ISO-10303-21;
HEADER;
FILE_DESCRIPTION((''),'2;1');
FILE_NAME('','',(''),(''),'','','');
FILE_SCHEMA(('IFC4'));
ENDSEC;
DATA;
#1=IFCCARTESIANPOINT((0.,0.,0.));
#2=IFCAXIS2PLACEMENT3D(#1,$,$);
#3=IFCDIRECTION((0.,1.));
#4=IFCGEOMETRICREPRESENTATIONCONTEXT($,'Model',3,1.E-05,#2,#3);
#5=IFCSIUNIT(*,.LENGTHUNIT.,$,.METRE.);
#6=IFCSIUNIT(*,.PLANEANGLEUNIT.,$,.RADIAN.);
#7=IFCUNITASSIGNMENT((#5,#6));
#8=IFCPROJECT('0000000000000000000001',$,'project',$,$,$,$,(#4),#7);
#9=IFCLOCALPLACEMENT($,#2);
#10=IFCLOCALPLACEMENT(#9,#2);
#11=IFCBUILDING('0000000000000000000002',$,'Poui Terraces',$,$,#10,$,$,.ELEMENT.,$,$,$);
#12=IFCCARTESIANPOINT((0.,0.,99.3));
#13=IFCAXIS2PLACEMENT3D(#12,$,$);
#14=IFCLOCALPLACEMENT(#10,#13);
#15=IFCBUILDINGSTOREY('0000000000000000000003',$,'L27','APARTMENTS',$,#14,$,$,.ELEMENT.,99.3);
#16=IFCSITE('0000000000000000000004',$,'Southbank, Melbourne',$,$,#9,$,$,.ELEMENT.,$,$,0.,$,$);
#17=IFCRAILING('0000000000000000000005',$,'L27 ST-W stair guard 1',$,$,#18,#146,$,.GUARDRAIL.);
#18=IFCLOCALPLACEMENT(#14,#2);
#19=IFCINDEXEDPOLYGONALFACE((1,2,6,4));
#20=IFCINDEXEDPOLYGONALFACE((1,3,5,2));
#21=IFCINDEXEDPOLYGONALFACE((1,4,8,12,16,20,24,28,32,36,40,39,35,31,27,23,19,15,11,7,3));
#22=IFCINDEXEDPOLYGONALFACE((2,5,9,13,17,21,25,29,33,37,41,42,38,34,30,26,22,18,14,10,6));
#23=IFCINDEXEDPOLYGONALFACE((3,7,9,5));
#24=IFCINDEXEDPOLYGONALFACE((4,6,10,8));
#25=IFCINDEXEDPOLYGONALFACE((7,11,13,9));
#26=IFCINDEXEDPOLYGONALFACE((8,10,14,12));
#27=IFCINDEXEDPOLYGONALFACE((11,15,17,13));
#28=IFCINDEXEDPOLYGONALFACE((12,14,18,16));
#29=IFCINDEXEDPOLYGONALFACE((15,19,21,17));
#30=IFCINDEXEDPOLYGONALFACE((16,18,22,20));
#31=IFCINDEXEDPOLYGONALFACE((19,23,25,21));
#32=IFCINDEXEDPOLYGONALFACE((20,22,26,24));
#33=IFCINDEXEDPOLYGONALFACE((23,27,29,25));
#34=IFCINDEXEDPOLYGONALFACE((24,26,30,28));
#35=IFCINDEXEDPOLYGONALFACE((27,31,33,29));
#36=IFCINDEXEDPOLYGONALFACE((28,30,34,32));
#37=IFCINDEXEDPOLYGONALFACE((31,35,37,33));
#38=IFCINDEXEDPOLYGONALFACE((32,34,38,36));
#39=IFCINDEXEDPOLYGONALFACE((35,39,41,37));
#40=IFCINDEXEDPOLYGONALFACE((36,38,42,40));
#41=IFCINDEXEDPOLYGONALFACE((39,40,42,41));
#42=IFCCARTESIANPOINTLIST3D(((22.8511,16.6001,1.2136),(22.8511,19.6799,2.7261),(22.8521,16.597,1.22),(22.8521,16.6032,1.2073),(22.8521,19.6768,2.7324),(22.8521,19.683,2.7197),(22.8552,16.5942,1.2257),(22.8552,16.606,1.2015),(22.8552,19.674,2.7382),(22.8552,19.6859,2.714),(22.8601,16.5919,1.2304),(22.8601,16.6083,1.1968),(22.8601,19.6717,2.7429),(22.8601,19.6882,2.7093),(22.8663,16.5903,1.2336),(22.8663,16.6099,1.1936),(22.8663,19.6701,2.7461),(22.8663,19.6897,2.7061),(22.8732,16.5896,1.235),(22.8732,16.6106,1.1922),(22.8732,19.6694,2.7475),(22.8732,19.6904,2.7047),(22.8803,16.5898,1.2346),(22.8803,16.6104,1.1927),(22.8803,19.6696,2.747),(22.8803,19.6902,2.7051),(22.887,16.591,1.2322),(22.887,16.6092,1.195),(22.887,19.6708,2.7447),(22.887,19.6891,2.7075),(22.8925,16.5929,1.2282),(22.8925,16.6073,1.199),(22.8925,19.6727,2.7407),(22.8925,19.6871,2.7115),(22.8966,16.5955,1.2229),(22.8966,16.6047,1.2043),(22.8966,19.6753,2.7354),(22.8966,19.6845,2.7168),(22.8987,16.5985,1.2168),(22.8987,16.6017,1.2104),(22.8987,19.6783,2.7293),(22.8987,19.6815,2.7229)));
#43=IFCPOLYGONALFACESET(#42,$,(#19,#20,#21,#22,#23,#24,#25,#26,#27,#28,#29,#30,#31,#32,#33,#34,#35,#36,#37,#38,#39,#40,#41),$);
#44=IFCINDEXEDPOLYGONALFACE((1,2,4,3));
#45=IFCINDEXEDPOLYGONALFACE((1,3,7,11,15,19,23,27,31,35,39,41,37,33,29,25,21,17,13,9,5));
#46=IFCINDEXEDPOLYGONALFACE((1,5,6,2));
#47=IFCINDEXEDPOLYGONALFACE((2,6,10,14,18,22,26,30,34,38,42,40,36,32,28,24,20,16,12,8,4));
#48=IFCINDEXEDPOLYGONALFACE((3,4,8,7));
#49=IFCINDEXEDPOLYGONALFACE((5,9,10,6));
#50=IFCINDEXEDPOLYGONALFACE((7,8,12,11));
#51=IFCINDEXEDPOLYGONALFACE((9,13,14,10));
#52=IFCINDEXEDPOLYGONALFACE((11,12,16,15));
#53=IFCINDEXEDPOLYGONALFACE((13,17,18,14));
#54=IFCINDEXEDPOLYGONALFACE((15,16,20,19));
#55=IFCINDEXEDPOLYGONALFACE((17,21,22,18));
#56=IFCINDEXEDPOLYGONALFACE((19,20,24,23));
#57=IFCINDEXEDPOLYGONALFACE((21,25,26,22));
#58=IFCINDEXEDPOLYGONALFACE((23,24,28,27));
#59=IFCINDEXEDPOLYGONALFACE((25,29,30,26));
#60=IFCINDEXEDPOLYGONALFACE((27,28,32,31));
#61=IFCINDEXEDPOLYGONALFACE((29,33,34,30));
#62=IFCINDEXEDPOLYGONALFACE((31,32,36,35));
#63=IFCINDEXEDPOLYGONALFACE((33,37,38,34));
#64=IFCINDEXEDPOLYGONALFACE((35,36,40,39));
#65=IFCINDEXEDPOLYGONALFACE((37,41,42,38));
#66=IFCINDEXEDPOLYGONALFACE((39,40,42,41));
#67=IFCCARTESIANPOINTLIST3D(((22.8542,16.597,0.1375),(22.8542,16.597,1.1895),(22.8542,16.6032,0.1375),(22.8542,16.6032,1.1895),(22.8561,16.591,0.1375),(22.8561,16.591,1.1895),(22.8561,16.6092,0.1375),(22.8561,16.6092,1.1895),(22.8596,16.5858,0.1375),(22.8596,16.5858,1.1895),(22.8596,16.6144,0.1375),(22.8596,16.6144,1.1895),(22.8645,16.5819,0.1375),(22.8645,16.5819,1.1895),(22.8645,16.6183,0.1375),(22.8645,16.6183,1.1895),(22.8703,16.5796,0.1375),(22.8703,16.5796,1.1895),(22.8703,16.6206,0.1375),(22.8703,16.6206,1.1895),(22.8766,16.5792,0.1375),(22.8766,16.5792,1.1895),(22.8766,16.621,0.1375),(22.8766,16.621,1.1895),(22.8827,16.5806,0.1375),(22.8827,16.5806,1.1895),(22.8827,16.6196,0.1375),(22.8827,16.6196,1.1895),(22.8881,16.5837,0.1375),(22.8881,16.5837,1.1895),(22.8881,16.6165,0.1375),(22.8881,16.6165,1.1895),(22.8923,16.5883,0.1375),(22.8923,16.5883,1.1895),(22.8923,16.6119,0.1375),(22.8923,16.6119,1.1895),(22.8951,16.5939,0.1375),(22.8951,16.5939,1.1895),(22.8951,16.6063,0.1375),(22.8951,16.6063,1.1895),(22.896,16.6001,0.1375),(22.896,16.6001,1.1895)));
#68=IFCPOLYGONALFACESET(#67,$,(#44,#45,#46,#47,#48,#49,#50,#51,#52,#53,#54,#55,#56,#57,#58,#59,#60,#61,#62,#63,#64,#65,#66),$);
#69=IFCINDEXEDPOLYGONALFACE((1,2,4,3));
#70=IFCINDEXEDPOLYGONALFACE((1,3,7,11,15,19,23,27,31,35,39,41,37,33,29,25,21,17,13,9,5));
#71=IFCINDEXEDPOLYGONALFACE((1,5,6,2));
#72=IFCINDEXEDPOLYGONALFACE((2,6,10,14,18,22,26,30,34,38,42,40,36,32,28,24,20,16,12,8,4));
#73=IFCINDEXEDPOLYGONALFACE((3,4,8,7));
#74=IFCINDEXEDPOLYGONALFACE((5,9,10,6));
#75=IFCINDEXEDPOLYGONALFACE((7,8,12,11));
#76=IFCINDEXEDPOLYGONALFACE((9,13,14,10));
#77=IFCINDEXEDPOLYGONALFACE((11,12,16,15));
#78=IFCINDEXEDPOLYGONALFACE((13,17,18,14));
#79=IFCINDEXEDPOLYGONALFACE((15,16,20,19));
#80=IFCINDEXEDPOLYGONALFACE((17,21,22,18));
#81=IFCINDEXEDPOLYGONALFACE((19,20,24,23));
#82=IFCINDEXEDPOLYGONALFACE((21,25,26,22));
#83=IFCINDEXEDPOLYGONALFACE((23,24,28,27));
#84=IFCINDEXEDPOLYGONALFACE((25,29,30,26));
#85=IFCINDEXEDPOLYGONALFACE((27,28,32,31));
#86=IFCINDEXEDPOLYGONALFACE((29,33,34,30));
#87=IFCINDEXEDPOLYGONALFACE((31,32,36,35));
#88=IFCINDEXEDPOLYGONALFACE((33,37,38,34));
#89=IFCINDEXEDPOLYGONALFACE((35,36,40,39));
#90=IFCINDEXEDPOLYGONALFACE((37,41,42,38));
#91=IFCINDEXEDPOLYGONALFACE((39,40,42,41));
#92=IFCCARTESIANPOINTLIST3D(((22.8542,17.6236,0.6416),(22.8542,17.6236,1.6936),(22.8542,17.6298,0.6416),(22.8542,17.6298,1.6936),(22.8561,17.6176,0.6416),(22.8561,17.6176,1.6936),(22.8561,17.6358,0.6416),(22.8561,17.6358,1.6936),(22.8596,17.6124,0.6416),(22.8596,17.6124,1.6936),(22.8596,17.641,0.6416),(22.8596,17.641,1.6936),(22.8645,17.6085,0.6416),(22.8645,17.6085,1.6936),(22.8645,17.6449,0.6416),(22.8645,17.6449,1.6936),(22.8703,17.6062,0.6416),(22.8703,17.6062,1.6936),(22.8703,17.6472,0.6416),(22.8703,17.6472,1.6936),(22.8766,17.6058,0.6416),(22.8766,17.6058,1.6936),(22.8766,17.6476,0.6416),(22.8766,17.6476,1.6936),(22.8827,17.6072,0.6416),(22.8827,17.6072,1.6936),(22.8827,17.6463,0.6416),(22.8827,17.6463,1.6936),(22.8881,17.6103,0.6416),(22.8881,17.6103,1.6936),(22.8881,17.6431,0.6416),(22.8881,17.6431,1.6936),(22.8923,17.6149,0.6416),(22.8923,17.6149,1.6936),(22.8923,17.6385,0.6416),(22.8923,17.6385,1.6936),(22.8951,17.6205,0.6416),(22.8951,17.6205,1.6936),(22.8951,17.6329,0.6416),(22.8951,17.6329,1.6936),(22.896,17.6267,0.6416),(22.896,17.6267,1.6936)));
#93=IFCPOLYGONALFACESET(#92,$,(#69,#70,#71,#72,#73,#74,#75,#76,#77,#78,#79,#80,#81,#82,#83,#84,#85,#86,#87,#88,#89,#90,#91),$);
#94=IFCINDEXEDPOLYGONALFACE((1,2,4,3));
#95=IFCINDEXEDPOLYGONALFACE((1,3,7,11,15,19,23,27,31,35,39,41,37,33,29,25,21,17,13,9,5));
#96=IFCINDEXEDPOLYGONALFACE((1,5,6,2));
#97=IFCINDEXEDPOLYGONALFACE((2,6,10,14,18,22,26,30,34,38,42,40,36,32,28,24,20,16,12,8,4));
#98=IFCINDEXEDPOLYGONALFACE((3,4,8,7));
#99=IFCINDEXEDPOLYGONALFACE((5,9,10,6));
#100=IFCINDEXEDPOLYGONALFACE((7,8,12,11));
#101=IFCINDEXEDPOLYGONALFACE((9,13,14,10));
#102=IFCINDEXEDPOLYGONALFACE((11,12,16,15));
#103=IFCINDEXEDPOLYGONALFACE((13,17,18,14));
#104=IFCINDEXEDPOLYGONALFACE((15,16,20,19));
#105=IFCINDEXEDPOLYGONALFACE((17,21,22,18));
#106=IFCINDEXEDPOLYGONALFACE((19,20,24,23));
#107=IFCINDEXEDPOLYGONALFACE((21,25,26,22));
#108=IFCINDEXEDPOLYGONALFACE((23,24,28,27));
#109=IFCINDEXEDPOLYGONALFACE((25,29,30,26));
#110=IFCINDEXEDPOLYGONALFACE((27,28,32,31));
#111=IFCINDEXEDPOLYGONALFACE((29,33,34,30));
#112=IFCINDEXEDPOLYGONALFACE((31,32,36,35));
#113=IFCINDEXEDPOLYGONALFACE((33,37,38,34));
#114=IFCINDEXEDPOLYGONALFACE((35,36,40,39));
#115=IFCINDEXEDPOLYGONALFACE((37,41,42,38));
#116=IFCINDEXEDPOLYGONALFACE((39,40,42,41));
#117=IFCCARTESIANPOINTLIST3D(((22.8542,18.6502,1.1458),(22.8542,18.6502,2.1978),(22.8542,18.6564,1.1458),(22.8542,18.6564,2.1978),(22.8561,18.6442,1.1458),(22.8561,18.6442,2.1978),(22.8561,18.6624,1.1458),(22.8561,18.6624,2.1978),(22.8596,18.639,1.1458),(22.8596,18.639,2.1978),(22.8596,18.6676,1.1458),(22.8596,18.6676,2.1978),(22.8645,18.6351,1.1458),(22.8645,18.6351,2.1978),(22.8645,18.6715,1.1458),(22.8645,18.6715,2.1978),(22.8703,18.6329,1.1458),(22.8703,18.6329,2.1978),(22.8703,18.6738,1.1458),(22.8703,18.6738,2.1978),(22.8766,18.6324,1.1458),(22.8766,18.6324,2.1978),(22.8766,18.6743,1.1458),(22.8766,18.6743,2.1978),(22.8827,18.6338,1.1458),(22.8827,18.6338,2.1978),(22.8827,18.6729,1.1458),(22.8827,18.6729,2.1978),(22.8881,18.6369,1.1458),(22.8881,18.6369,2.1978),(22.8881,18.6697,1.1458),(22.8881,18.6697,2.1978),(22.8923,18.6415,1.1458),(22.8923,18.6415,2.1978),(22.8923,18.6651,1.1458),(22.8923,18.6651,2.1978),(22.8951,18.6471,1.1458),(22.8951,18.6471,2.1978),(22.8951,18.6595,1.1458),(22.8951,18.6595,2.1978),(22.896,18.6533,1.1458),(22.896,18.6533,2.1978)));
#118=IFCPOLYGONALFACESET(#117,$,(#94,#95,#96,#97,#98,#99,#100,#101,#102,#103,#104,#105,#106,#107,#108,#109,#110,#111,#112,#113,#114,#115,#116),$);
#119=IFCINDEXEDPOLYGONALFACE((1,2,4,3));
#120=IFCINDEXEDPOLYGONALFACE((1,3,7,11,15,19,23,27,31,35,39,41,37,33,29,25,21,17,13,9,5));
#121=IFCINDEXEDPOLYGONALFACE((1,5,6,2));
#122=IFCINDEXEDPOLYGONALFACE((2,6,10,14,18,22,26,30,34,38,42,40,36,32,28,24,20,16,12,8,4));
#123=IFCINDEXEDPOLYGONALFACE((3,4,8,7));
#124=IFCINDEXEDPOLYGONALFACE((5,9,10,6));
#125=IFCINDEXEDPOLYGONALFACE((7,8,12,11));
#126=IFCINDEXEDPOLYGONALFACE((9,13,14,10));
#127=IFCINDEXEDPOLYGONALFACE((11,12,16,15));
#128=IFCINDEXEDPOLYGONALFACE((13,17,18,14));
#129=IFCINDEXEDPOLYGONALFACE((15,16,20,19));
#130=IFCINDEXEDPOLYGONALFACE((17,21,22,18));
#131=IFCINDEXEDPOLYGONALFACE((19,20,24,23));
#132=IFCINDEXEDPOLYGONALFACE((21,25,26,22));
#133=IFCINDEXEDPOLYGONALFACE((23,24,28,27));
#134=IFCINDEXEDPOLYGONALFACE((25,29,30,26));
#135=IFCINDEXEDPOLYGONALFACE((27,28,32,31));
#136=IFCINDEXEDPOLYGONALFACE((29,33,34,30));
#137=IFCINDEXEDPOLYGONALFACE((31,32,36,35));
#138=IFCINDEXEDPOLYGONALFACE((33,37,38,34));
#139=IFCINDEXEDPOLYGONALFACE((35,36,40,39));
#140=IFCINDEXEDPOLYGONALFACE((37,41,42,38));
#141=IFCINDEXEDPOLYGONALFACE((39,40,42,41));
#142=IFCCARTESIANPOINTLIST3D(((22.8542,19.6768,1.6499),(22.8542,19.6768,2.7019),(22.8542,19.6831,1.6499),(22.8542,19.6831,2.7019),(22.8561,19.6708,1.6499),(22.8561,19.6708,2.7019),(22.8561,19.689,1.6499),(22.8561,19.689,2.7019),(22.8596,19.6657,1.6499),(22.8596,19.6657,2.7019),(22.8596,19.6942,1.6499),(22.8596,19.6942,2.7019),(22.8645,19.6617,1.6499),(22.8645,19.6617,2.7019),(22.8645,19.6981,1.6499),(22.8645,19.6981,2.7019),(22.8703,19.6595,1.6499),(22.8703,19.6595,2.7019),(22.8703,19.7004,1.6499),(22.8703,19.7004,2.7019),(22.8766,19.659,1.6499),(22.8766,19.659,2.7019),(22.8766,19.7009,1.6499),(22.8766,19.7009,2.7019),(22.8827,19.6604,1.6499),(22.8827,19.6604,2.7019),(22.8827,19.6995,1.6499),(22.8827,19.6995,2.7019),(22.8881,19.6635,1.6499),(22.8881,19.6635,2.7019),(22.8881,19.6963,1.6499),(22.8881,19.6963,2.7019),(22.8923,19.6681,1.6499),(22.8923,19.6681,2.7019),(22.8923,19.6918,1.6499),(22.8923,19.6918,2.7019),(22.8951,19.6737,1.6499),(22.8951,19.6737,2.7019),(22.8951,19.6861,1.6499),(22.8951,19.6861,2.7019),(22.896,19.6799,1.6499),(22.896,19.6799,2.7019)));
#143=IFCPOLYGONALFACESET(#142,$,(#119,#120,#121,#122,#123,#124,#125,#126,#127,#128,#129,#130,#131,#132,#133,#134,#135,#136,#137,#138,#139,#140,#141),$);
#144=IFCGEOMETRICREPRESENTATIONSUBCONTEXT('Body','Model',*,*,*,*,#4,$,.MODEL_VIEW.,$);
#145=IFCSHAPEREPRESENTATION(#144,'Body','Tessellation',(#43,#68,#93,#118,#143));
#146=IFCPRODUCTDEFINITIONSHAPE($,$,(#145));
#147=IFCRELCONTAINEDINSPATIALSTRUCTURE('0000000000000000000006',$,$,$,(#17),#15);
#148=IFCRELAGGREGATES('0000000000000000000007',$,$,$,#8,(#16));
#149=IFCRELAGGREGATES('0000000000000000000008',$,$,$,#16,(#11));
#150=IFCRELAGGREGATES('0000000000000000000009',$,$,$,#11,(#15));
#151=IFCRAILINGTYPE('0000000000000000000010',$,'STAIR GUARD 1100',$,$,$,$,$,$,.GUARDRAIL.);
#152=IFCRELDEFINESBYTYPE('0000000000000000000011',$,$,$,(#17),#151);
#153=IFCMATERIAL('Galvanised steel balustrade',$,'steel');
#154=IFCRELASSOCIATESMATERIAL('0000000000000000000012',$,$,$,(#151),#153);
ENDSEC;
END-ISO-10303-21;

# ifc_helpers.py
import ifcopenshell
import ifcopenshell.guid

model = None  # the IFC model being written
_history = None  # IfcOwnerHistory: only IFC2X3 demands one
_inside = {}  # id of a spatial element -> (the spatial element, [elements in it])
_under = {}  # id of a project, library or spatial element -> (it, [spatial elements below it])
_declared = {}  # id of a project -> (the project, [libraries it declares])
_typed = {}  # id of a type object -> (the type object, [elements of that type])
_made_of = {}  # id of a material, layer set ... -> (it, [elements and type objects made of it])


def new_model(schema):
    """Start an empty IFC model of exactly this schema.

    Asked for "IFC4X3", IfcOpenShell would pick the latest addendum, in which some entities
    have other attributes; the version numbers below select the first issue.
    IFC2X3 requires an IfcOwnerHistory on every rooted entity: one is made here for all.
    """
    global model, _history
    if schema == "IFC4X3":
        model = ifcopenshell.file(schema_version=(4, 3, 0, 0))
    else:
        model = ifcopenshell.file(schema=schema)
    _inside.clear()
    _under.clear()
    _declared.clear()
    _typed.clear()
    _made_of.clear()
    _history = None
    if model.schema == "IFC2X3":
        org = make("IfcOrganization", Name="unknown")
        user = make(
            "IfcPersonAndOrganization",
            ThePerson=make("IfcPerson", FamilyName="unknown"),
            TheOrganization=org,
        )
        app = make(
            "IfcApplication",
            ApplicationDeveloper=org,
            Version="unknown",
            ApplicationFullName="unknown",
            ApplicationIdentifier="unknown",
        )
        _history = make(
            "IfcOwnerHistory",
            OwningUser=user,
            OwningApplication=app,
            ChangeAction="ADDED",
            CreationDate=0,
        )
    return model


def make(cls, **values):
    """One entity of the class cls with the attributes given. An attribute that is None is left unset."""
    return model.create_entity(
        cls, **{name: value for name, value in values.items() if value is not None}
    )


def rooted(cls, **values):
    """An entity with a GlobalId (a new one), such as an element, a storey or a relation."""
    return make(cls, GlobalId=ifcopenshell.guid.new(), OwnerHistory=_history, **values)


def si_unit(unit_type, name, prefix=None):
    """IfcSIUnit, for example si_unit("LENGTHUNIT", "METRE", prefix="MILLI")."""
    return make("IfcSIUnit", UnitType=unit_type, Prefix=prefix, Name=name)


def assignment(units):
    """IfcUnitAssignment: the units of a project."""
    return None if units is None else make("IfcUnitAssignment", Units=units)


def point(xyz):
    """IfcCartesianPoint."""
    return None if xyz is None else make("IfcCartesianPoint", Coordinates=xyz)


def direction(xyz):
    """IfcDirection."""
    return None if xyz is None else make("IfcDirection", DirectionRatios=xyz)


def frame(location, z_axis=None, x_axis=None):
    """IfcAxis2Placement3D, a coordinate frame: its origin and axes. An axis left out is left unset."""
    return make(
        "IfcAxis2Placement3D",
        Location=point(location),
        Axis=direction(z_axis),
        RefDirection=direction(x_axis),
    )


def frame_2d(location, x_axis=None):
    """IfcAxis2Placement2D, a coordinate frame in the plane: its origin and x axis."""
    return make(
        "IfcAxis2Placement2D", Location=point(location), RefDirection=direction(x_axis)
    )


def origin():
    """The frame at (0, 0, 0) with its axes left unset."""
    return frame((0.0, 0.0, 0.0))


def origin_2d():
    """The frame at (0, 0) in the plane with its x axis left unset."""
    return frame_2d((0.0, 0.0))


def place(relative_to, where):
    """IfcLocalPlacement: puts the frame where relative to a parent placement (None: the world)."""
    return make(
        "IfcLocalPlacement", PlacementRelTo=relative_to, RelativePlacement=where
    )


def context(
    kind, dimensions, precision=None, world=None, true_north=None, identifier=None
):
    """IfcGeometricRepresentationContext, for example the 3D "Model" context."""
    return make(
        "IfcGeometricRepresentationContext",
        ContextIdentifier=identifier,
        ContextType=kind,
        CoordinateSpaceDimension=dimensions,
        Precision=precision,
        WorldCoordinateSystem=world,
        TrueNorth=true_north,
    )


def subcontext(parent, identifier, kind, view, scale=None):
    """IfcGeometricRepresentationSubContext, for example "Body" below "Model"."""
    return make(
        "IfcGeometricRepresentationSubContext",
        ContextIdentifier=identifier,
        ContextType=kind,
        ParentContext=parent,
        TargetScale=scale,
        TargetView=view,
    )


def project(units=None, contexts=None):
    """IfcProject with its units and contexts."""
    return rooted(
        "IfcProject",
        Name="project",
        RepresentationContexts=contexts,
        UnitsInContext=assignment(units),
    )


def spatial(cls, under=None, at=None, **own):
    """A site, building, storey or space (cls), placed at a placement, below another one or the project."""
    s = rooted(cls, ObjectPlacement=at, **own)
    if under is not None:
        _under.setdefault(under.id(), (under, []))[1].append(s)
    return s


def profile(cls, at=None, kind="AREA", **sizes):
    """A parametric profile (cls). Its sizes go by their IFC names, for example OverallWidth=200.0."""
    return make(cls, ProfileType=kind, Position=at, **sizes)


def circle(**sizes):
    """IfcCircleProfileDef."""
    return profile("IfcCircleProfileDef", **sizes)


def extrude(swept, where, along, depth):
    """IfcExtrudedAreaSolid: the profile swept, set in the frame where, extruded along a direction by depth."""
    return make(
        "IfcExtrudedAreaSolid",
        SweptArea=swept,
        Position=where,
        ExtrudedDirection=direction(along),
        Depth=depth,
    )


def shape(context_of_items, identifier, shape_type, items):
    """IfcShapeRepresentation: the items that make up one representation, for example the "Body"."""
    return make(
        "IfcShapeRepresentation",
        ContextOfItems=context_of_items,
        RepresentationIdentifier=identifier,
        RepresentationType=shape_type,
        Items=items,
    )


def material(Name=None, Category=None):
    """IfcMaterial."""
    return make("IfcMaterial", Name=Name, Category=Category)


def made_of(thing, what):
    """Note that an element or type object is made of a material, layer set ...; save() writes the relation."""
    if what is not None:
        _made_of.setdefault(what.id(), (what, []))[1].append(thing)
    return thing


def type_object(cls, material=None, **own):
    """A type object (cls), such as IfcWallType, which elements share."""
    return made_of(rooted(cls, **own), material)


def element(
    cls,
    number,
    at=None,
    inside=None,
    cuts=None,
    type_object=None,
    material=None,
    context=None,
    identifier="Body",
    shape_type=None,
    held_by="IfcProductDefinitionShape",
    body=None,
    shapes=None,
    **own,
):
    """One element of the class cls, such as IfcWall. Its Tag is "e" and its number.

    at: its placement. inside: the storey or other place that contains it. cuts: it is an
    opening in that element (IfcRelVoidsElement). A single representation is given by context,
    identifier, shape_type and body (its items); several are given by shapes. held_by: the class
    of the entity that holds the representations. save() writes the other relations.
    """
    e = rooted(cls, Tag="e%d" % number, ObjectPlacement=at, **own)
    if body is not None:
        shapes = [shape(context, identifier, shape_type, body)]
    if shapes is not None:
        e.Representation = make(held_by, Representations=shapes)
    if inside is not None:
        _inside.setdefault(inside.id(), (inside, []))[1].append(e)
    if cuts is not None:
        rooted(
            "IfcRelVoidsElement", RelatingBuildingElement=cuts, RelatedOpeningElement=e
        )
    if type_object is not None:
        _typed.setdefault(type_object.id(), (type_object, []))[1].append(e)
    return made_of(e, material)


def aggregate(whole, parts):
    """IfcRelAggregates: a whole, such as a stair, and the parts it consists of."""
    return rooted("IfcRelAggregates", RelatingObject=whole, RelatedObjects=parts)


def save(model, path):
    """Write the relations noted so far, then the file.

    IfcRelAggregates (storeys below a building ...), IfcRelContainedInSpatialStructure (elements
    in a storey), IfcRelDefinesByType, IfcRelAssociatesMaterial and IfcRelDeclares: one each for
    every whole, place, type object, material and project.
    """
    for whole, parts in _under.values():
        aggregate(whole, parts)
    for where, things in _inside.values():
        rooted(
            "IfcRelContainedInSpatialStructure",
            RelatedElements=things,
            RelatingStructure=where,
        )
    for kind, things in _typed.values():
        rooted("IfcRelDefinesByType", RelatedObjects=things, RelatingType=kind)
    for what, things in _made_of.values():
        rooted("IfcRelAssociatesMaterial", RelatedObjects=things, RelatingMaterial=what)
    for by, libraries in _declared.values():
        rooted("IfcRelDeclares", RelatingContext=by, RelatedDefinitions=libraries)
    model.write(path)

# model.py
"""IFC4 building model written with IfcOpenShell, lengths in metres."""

from ifc_helpers import new_model, si_unit, direction, frame, origin, origin_2d, place, context, subcontext, project, spatial, circle, extrude, material, type_object, element, save


model = new_model("IFC4")

# Units and contexts
model_context = context("Model", 3, precision=1e-05, world=origin(), true_north=direction((0.0, 1.0)))
body_context = subcontext(model_context, "Body", "Model", "MODEL_VIEW")
ifc_project = project(units=[si_unit("LENGTHUNIT", "METRE"), si_unit("PLANEANGLEUNIT", "RADIAN")], contexts=[model_context])

# Site, building, storey
site_placement = place(None, origin())
site = spatial("IfcSite", under=ifc_project, at=site_placement, Name="Southbank, Melbourne", CompositionType="ELEMENT", RefElevation=0.0)
building_placement = place(site_placement, origin())
building = spatial("IfcBuilding", under=site, at=building_placement, Name="Poui Terraces", CompositionType="ELEMENT")
storey_placement = place(building_placement, frame((0.0, 0.0, 99.3)))
storey = spatial("IfcBuildingStorey", under=building, at=storey_placement, Name="L27", Description="APARTMENTS", CompositionType="ELEMENT", Elevation=99.3)

# Railing
ifc_material_1 = material(Name="Galvanised steel balustrade", Category="steel")
railing_type_1 = type_object("IfcRailingType", Name="STAIR GUARD 1100", PredefinedType="GUARDRAIL", material=ifc_material_1)
railing_1_placement = place(storey_placement, frame((22.875, 16.6001, 0.1375)))
element("IfcRailing", 1, at=railing_1_placement, inside=storey, type_object=railing_type_1, Name="L27 ST-W stair guard 1", PredefinedType="GUARDRAIL", context=body_context, shape_type="SweptSolid", body=[
    extrude(circle(Radius=0.0239, at=origin_2d()), frame((0.0, 0.0, 1.0762), z_axis=(0.0, 0.897606, 0.440798), x_axis=(-1.0, 0.0, 0.0)), (0.0, 0.0, 1.0), 3.4312),
    extrude(circle(Radius=0.021, at=origin_2d()), origin(), (0.0, 0.0, 1.0), 1.052),
    extrude(circle(Radius=0.021, at=origin_2d()), frame((0.0, 1.0266, 0.5042)), (0.0, 0.0, 1.0), 1.052),
    extrude(circle(Radius=0.021, at=origin_2d()), frame((0.0, 2.0532, 1.0083)), (0.0, 0.0, 1.0), 1.052),
    extrude(circle(Radius=0.021, at=origin_2d()), frame((0.0, 3.0798, 1.5125)), (0.0, 0.0, 1.0), 1.052),
])

save(model, "model.ifc")
